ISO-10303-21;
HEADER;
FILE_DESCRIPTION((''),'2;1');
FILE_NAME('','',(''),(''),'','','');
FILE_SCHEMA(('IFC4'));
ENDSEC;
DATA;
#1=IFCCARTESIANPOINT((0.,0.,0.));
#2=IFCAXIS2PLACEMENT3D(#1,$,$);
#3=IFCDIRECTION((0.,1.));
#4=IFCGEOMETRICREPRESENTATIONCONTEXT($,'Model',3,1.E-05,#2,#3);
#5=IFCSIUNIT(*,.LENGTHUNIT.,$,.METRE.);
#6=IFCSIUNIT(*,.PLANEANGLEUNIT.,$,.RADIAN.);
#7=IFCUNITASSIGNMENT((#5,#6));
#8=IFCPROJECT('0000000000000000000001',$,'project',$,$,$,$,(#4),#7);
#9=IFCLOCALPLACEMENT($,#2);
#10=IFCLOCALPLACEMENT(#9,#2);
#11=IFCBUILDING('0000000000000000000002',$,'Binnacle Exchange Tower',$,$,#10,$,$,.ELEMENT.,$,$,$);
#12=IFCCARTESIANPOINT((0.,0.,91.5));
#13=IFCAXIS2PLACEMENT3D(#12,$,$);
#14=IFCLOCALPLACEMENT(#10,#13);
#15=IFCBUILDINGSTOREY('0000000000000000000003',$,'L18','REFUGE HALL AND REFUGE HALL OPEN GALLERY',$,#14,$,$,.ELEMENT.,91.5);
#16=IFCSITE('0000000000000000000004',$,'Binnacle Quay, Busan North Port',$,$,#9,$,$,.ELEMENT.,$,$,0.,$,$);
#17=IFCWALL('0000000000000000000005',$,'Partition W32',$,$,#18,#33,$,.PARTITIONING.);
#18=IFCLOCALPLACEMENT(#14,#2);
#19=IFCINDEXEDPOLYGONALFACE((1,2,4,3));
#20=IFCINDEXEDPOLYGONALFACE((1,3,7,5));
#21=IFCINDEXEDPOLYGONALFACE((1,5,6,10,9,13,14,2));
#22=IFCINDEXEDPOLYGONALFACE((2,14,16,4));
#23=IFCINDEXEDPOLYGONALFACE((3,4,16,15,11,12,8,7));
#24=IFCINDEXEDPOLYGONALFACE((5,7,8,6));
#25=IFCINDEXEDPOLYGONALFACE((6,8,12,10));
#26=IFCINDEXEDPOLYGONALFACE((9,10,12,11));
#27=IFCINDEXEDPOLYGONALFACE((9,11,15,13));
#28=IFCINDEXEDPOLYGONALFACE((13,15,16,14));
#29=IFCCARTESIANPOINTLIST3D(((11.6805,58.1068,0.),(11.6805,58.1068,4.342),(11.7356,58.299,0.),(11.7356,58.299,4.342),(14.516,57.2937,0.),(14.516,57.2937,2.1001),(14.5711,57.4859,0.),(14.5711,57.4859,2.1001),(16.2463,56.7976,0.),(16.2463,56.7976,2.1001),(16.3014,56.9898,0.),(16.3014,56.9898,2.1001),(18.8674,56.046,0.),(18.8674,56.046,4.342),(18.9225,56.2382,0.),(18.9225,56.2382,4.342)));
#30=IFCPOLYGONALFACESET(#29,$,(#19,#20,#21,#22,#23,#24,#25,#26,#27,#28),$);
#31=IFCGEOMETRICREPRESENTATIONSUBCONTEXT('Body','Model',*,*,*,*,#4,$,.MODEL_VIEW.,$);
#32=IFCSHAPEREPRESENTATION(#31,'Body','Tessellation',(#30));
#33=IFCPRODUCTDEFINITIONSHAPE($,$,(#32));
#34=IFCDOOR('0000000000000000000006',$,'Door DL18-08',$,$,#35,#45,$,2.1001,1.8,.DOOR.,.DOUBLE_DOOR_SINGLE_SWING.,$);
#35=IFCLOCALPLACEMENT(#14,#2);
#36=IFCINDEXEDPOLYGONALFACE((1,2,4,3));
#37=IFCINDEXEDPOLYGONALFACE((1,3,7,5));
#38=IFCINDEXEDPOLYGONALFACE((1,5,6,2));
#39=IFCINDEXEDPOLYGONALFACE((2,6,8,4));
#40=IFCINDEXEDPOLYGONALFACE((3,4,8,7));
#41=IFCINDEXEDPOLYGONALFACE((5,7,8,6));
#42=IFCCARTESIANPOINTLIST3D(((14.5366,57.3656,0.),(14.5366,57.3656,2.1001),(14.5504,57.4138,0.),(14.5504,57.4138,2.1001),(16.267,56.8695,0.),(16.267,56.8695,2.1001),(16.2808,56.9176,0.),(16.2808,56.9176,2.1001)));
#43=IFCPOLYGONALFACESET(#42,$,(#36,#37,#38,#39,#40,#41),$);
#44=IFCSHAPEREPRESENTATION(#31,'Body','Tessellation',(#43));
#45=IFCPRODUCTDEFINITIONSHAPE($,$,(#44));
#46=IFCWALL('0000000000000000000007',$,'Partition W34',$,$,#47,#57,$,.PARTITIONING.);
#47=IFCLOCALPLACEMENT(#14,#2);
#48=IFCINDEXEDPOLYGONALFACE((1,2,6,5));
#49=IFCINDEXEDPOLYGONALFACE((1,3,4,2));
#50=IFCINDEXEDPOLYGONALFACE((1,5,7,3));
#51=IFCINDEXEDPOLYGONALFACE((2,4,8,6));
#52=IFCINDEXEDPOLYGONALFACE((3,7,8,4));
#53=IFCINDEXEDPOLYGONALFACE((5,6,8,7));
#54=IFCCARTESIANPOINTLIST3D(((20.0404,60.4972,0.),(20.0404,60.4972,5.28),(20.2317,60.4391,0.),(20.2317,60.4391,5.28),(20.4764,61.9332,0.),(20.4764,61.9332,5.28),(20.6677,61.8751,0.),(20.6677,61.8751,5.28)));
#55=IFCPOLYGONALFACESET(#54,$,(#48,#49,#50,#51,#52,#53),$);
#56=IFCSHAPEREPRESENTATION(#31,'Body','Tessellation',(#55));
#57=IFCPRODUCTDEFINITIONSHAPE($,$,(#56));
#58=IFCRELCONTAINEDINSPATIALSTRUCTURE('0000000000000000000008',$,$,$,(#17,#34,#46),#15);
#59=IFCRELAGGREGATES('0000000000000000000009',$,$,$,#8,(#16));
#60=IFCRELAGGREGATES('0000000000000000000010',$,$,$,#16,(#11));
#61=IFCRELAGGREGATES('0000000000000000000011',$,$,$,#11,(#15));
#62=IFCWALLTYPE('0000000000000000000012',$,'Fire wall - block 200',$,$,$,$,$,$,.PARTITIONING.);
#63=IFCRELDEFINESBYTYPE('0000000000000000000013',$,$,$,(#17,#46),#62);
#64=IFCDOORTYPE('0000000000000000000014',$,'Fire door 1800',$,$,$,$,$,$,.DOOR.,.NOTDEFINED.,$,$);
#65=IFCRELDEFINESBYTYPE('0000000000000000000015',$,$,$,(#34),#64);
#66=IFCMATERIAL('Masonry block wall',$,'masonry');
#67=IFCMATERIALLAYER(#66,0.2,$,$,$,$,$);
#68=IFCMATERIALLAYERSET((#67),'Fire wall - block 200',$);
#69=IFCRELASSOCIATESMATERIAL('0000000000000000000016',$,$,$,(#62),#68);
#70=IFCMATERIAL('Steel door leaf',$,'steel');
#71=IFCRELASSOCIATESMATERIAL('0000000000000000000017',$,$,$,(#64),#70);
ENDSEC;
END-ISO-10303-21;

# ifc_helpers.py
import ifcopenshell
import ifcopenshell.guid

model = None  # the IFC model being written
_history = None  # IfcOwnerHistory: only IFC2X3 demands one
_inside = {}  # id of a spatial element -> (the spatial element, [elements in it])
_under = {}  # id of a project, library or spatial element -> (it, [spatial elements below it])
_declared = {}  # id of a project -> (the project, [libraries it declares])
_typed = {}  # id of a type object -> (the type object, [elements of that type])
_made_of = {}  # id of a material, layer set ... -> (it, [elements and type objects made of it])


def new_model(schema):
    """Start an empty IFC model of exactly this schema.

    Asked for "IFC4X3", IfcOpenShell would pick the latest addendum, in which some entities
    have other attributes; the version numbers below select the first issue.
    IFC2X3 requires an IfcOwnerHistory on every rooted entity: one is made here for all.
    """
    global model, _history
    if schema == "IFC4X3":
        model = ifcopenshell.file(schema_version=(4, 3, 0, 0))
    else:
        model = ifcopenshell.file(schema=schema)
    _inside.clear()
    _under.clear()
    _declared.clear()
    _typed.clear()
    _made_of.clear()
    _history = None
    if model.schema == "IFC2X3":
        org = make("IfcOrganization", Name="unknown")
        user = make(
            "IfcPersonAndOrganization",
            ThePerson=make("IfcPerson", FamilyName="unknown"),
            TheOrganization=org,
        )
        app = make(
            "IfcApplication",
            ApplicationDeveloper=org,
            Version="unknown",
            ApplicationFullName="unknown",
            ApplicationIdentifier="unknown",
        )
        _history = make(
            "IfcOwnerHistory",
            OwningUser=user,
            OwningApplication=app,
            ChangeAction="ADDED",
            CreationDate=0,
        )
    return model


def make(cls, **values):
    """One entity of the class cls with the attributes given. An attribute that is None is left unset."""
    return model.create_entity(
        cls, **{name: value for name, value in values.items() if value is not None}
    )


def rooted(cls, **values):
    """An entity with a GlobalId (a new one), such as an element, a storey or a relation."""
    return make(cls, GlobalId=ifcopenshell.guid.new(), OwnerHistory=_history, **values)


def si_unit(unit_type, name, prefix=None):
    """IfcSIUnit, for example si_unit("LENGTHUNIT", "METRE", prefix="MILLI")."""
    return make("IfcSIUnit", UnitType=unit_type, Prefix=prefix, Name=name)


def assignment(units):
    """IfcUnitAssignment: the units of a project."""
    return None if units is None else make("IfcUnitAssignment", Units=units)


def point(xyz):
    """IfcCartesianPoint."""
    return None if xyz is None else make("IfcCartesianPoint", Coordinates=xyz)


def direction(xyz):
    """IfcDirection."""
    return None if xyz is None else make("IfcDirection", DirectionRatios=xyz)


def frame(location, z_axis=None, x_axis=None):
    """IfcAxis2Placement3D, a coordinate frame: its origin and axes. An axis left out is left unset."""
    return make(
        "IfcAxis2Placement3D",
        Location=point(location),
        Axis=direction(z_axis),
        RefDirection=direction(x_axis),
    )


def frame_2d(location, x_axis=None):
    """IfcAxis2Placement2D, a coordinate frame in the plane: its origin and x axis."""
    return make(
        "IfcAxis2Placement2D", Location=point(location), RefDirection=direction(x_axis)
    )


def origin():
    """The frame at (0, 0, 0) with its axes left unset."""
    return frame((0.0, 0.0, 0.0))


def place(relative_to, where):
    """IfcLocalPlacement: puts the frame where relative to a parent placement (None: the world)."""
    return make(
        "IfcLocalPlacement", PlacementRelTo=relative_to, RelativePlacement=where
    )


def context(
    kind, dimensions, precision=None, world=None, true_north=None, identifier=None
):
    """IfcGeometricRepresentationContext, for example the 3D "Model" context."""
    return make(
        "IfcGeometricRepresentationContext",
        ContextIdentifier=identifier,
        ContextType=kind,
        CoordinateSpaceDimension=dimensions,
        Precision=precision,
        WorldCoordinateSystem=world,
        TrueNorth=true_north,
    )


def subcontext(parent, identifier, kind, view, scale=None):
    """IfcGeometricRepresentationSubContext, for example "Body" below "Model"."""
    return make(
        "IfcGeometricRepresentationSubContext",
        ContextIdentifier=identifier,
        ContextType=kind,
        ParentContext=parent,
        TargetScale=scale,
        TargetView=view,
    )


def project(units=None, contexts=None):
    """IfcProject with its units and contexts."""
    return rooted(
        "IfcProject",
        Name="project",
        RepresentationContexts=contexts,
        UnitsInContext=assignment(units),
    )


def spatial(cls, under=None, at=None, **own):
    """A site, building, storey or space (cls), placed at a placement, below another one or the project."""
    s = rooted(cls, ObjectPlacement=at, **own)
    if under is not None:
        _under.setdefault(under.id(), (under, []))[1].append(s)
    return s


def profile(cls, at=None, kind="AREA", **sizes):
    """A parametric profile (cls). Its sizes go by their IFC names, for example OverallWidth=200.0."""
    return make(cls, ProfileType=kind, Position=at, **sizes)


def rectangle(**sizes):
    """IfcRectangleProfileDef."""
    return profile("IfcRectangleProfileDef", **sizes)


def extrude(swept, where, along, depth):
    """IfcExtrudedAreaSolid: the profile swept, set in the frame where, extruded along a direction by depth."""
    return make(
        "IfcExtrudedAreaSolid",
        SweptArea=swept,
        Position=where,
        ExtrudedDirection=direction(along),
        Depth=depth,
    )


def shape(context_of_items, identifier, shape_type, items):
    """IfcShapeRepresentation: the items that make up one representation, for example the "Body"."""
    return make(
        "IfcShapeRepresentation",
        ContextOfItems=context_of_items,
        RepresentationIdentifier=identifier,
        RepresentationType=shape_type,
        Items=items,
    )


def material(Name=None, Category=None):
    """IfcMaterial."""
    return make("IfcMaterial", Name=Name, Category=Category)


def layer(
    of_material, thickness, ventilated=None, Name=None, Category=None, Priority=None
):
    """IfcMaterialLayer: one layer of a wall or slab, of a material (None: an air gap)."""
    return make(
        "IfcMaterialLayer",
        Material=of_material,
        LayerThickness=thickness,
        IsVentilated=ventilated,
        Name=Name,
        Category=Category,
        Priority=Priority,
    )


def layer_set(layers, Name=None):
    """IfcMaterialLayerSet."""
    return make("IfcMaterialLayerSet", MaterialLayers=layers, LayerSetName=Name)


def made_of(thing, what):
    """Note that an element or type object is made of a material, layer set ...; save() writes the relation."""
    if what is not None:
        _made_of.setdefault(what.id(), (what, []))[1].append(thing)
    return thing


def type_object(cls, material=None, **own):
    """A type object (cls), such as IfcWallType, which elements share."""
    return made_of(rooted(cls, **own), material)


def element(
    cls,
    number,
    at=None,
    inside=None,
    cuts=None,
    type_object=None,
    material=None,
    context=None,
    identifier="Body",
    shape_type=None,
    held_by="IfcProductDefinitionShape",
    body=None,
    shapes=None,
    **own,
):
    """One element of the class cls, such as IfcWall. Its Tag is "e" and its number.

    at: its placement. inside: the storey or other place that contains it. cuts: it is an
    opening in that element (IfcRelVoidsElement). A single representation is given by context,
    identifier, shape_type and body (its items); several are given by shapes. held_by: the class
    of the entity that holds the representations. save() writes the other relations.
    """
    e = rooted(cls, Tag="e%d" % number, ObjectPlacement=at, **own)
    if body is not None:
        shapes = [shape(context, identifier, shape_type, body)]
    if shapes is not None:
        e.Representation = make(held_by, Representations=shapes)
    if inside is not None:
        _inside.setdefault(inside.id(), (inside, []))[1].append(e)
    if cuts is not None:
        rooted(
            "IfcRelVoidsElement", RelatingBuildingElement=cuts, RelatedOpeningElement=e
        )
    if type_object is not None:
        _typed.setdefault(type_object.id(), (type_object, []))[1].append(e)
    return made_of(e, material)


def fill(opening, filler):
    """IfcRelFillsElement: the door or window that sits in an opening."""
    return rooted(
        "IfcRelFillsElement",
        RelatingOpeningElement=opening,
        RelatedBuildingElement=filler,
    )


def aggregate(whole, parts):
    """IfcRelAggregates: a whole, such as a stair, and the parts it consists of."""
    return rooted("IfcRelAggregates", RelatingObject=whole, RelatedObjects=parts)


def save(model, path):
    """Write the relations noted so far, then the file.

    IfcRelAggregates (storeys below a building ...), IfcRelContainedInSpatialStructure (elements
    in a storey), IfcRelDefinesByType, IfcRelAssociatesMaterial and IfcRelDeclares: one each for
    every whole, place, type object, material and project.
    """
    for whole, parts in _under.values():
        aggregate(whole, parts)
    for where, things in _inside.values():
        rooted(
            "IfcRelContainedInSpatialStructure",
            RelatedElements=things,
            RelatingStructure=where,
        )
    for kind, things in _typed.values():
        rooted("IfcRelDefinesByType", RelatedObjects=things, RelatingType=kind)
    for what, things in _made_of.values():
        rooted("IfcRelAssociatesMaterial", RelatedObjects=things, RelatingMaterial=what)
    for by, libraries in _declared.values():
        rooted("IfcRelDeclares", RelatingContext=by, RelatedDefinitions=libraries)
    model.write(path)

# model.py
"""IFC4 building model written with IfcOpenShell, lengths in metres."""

from ifc_helpers import new_model, si_unit, direction, frame, frame_2d, origin, place, context, subcontext, project, spatial, rectangle, extrude, material, layer, layer_set, type_object, element, fill, save


model = new_model("IFC4")

# Units and contexts
model_context = context("Model", 3, precision=1e-05, world=origin(), true_north=direction((0.0, 1.0)))
body_context = subcontext(model_context, "Body", "Model", "MODEL_VIEW")
ifc_project = project(units=[si_unit("LENGTHUNIT", "METRE"), si_unit("PLANEANGLEUNIT", "RADIAN")], contexts=[model_context])

# Site, building, storey
site_placement = place(None, origin())
site = spatial("IfcSite", under=ifc_project, at=site_placement, Name="Binnacle Quay, Busan North Port", CompositionType="ELEMENT", RefElevation=0.0)
building_placement = place(site_placement, origin())
building = spatial("IfcBuilding", under=site, at=building_placement, Name="Binnacle Exchange Tower", CompositionType="ELEMENT")
storey_placement = place(building_placement, frame((0.0, 0.0, 91.5)))
storey = spatial("IfcBuildingStorey", under=building, at=storey_placement, Name="L18", Description="REFUGE HALL AND REFUGE HALL OPEN GALLERY", CompositionType="ELEMENT", Elevation=91.5)

# Shared definitions
ifc_material_1 = material(Name="Masonry block wall", Category="masonry")
ifc_layer_1 = layer(ifc_material_1, 0.2)
ifc_layer_set_1 = layer_set([ifc_layer_1], Name="Fire wall - block 200")
wall_type_1 = type_object("IfcWallType", Name="Fire wall - block 200", PredefinedType="PARTITIONING", material=ifc_layer_set_1)

# Wall, opening, door
wall_1_placement = place(storey_placement, frame((11.708, 58.2029, 0.0), z_axis=(0.0, 0.0, 1.0), x_axis=(0.961264, -0.275631, 0.0)))
wall_1 = element("IfcWall", 1, at=wall_1_placement, inside=storey, type_object=wall_type_1, Name="Partition W32", PredefinedType="PARTITIONING", context=body_context, shape_type="SweptSolid", body=[
    extrude(rectangle(XDim=7.4766, YDim=0.2, at=frame_2d((3.7383, 0.0))), origin(), (0.0, 0.0, 1.0), 4.342),
])
opening_placement = place(wall_1_placement, frame((2.95, 0.0, 0.0)))
opening = element("IfcOpeningElement", 2, at=opening_placement, cuts=wall_1, PredefinedType="OPENING", context=body_context, shape_type="SweptSolid", body=[
    extrude(rectangle(XDim=1.8, YDim=2.1001, at=frame_2d((0.8999, 1.05))), frame((0.0, 0.1099, 0.0), z_axis=(0.0, -1.0, 0.0), x_axis=(1.0, 0.0, 0.0)), (0.0, 0.0, 1.0), 0.22),
])
ifc_material_2 = material(Name="Steel door leaf", Category="steel")
door_type = type_object("IfcDoorType", Name="Fire door 1800", OperationType="NOTDEFINED", PredefinedType="DOOR", material=ifc_material_2)
door_placement = place(opening_placement, origin())
door = element("IfcDoor", 3, at=door_placement, inside=storey, type_object=door_type, Name="Door DL18-08", OperationType="DOUBLE_DOOR_SINGLE_SWING", OverallHeight=2.1001, OverallWidth=1.8, PredefinedType="DOOR", context=body_context, shape_type="SweptSolid", body=[
    extrude(rectangle(XDim=1.8, YDim=2.1001, at=frame_2d((0.8999, 1.05))), frame((0.0, 0.0249, 0.0), z_axis=(0.0, -1.0, 0.0), x_axis=(1.0, 0.0, 0.0)), (0.0, 0.0, 1.0), 0.05),
])
fill(opening, door)

# Wall
wall_2_placement = place(storey_placement, frame((20.136, 60.468, 0.0), z_axis=(0.0, 0.0, 1.0), x_axis=(0.29054, 0.956863, 0.0)))
element("IfcWall", 4, at=wall_2_placement, inside=storey, type_object=wall_type_1, Name="Partition W34", PredefinedType="PARTITIONING", context=body_context, shape_type="SweptSolid", body=[
    extrude(rectangle(XDim=1.5007, YDim=0.2, at=frame_2d((0.7505, 0.0))), origin(), (0.0, 0.0, 1.0), 5.28),
])

save(model, "model.ifc")
